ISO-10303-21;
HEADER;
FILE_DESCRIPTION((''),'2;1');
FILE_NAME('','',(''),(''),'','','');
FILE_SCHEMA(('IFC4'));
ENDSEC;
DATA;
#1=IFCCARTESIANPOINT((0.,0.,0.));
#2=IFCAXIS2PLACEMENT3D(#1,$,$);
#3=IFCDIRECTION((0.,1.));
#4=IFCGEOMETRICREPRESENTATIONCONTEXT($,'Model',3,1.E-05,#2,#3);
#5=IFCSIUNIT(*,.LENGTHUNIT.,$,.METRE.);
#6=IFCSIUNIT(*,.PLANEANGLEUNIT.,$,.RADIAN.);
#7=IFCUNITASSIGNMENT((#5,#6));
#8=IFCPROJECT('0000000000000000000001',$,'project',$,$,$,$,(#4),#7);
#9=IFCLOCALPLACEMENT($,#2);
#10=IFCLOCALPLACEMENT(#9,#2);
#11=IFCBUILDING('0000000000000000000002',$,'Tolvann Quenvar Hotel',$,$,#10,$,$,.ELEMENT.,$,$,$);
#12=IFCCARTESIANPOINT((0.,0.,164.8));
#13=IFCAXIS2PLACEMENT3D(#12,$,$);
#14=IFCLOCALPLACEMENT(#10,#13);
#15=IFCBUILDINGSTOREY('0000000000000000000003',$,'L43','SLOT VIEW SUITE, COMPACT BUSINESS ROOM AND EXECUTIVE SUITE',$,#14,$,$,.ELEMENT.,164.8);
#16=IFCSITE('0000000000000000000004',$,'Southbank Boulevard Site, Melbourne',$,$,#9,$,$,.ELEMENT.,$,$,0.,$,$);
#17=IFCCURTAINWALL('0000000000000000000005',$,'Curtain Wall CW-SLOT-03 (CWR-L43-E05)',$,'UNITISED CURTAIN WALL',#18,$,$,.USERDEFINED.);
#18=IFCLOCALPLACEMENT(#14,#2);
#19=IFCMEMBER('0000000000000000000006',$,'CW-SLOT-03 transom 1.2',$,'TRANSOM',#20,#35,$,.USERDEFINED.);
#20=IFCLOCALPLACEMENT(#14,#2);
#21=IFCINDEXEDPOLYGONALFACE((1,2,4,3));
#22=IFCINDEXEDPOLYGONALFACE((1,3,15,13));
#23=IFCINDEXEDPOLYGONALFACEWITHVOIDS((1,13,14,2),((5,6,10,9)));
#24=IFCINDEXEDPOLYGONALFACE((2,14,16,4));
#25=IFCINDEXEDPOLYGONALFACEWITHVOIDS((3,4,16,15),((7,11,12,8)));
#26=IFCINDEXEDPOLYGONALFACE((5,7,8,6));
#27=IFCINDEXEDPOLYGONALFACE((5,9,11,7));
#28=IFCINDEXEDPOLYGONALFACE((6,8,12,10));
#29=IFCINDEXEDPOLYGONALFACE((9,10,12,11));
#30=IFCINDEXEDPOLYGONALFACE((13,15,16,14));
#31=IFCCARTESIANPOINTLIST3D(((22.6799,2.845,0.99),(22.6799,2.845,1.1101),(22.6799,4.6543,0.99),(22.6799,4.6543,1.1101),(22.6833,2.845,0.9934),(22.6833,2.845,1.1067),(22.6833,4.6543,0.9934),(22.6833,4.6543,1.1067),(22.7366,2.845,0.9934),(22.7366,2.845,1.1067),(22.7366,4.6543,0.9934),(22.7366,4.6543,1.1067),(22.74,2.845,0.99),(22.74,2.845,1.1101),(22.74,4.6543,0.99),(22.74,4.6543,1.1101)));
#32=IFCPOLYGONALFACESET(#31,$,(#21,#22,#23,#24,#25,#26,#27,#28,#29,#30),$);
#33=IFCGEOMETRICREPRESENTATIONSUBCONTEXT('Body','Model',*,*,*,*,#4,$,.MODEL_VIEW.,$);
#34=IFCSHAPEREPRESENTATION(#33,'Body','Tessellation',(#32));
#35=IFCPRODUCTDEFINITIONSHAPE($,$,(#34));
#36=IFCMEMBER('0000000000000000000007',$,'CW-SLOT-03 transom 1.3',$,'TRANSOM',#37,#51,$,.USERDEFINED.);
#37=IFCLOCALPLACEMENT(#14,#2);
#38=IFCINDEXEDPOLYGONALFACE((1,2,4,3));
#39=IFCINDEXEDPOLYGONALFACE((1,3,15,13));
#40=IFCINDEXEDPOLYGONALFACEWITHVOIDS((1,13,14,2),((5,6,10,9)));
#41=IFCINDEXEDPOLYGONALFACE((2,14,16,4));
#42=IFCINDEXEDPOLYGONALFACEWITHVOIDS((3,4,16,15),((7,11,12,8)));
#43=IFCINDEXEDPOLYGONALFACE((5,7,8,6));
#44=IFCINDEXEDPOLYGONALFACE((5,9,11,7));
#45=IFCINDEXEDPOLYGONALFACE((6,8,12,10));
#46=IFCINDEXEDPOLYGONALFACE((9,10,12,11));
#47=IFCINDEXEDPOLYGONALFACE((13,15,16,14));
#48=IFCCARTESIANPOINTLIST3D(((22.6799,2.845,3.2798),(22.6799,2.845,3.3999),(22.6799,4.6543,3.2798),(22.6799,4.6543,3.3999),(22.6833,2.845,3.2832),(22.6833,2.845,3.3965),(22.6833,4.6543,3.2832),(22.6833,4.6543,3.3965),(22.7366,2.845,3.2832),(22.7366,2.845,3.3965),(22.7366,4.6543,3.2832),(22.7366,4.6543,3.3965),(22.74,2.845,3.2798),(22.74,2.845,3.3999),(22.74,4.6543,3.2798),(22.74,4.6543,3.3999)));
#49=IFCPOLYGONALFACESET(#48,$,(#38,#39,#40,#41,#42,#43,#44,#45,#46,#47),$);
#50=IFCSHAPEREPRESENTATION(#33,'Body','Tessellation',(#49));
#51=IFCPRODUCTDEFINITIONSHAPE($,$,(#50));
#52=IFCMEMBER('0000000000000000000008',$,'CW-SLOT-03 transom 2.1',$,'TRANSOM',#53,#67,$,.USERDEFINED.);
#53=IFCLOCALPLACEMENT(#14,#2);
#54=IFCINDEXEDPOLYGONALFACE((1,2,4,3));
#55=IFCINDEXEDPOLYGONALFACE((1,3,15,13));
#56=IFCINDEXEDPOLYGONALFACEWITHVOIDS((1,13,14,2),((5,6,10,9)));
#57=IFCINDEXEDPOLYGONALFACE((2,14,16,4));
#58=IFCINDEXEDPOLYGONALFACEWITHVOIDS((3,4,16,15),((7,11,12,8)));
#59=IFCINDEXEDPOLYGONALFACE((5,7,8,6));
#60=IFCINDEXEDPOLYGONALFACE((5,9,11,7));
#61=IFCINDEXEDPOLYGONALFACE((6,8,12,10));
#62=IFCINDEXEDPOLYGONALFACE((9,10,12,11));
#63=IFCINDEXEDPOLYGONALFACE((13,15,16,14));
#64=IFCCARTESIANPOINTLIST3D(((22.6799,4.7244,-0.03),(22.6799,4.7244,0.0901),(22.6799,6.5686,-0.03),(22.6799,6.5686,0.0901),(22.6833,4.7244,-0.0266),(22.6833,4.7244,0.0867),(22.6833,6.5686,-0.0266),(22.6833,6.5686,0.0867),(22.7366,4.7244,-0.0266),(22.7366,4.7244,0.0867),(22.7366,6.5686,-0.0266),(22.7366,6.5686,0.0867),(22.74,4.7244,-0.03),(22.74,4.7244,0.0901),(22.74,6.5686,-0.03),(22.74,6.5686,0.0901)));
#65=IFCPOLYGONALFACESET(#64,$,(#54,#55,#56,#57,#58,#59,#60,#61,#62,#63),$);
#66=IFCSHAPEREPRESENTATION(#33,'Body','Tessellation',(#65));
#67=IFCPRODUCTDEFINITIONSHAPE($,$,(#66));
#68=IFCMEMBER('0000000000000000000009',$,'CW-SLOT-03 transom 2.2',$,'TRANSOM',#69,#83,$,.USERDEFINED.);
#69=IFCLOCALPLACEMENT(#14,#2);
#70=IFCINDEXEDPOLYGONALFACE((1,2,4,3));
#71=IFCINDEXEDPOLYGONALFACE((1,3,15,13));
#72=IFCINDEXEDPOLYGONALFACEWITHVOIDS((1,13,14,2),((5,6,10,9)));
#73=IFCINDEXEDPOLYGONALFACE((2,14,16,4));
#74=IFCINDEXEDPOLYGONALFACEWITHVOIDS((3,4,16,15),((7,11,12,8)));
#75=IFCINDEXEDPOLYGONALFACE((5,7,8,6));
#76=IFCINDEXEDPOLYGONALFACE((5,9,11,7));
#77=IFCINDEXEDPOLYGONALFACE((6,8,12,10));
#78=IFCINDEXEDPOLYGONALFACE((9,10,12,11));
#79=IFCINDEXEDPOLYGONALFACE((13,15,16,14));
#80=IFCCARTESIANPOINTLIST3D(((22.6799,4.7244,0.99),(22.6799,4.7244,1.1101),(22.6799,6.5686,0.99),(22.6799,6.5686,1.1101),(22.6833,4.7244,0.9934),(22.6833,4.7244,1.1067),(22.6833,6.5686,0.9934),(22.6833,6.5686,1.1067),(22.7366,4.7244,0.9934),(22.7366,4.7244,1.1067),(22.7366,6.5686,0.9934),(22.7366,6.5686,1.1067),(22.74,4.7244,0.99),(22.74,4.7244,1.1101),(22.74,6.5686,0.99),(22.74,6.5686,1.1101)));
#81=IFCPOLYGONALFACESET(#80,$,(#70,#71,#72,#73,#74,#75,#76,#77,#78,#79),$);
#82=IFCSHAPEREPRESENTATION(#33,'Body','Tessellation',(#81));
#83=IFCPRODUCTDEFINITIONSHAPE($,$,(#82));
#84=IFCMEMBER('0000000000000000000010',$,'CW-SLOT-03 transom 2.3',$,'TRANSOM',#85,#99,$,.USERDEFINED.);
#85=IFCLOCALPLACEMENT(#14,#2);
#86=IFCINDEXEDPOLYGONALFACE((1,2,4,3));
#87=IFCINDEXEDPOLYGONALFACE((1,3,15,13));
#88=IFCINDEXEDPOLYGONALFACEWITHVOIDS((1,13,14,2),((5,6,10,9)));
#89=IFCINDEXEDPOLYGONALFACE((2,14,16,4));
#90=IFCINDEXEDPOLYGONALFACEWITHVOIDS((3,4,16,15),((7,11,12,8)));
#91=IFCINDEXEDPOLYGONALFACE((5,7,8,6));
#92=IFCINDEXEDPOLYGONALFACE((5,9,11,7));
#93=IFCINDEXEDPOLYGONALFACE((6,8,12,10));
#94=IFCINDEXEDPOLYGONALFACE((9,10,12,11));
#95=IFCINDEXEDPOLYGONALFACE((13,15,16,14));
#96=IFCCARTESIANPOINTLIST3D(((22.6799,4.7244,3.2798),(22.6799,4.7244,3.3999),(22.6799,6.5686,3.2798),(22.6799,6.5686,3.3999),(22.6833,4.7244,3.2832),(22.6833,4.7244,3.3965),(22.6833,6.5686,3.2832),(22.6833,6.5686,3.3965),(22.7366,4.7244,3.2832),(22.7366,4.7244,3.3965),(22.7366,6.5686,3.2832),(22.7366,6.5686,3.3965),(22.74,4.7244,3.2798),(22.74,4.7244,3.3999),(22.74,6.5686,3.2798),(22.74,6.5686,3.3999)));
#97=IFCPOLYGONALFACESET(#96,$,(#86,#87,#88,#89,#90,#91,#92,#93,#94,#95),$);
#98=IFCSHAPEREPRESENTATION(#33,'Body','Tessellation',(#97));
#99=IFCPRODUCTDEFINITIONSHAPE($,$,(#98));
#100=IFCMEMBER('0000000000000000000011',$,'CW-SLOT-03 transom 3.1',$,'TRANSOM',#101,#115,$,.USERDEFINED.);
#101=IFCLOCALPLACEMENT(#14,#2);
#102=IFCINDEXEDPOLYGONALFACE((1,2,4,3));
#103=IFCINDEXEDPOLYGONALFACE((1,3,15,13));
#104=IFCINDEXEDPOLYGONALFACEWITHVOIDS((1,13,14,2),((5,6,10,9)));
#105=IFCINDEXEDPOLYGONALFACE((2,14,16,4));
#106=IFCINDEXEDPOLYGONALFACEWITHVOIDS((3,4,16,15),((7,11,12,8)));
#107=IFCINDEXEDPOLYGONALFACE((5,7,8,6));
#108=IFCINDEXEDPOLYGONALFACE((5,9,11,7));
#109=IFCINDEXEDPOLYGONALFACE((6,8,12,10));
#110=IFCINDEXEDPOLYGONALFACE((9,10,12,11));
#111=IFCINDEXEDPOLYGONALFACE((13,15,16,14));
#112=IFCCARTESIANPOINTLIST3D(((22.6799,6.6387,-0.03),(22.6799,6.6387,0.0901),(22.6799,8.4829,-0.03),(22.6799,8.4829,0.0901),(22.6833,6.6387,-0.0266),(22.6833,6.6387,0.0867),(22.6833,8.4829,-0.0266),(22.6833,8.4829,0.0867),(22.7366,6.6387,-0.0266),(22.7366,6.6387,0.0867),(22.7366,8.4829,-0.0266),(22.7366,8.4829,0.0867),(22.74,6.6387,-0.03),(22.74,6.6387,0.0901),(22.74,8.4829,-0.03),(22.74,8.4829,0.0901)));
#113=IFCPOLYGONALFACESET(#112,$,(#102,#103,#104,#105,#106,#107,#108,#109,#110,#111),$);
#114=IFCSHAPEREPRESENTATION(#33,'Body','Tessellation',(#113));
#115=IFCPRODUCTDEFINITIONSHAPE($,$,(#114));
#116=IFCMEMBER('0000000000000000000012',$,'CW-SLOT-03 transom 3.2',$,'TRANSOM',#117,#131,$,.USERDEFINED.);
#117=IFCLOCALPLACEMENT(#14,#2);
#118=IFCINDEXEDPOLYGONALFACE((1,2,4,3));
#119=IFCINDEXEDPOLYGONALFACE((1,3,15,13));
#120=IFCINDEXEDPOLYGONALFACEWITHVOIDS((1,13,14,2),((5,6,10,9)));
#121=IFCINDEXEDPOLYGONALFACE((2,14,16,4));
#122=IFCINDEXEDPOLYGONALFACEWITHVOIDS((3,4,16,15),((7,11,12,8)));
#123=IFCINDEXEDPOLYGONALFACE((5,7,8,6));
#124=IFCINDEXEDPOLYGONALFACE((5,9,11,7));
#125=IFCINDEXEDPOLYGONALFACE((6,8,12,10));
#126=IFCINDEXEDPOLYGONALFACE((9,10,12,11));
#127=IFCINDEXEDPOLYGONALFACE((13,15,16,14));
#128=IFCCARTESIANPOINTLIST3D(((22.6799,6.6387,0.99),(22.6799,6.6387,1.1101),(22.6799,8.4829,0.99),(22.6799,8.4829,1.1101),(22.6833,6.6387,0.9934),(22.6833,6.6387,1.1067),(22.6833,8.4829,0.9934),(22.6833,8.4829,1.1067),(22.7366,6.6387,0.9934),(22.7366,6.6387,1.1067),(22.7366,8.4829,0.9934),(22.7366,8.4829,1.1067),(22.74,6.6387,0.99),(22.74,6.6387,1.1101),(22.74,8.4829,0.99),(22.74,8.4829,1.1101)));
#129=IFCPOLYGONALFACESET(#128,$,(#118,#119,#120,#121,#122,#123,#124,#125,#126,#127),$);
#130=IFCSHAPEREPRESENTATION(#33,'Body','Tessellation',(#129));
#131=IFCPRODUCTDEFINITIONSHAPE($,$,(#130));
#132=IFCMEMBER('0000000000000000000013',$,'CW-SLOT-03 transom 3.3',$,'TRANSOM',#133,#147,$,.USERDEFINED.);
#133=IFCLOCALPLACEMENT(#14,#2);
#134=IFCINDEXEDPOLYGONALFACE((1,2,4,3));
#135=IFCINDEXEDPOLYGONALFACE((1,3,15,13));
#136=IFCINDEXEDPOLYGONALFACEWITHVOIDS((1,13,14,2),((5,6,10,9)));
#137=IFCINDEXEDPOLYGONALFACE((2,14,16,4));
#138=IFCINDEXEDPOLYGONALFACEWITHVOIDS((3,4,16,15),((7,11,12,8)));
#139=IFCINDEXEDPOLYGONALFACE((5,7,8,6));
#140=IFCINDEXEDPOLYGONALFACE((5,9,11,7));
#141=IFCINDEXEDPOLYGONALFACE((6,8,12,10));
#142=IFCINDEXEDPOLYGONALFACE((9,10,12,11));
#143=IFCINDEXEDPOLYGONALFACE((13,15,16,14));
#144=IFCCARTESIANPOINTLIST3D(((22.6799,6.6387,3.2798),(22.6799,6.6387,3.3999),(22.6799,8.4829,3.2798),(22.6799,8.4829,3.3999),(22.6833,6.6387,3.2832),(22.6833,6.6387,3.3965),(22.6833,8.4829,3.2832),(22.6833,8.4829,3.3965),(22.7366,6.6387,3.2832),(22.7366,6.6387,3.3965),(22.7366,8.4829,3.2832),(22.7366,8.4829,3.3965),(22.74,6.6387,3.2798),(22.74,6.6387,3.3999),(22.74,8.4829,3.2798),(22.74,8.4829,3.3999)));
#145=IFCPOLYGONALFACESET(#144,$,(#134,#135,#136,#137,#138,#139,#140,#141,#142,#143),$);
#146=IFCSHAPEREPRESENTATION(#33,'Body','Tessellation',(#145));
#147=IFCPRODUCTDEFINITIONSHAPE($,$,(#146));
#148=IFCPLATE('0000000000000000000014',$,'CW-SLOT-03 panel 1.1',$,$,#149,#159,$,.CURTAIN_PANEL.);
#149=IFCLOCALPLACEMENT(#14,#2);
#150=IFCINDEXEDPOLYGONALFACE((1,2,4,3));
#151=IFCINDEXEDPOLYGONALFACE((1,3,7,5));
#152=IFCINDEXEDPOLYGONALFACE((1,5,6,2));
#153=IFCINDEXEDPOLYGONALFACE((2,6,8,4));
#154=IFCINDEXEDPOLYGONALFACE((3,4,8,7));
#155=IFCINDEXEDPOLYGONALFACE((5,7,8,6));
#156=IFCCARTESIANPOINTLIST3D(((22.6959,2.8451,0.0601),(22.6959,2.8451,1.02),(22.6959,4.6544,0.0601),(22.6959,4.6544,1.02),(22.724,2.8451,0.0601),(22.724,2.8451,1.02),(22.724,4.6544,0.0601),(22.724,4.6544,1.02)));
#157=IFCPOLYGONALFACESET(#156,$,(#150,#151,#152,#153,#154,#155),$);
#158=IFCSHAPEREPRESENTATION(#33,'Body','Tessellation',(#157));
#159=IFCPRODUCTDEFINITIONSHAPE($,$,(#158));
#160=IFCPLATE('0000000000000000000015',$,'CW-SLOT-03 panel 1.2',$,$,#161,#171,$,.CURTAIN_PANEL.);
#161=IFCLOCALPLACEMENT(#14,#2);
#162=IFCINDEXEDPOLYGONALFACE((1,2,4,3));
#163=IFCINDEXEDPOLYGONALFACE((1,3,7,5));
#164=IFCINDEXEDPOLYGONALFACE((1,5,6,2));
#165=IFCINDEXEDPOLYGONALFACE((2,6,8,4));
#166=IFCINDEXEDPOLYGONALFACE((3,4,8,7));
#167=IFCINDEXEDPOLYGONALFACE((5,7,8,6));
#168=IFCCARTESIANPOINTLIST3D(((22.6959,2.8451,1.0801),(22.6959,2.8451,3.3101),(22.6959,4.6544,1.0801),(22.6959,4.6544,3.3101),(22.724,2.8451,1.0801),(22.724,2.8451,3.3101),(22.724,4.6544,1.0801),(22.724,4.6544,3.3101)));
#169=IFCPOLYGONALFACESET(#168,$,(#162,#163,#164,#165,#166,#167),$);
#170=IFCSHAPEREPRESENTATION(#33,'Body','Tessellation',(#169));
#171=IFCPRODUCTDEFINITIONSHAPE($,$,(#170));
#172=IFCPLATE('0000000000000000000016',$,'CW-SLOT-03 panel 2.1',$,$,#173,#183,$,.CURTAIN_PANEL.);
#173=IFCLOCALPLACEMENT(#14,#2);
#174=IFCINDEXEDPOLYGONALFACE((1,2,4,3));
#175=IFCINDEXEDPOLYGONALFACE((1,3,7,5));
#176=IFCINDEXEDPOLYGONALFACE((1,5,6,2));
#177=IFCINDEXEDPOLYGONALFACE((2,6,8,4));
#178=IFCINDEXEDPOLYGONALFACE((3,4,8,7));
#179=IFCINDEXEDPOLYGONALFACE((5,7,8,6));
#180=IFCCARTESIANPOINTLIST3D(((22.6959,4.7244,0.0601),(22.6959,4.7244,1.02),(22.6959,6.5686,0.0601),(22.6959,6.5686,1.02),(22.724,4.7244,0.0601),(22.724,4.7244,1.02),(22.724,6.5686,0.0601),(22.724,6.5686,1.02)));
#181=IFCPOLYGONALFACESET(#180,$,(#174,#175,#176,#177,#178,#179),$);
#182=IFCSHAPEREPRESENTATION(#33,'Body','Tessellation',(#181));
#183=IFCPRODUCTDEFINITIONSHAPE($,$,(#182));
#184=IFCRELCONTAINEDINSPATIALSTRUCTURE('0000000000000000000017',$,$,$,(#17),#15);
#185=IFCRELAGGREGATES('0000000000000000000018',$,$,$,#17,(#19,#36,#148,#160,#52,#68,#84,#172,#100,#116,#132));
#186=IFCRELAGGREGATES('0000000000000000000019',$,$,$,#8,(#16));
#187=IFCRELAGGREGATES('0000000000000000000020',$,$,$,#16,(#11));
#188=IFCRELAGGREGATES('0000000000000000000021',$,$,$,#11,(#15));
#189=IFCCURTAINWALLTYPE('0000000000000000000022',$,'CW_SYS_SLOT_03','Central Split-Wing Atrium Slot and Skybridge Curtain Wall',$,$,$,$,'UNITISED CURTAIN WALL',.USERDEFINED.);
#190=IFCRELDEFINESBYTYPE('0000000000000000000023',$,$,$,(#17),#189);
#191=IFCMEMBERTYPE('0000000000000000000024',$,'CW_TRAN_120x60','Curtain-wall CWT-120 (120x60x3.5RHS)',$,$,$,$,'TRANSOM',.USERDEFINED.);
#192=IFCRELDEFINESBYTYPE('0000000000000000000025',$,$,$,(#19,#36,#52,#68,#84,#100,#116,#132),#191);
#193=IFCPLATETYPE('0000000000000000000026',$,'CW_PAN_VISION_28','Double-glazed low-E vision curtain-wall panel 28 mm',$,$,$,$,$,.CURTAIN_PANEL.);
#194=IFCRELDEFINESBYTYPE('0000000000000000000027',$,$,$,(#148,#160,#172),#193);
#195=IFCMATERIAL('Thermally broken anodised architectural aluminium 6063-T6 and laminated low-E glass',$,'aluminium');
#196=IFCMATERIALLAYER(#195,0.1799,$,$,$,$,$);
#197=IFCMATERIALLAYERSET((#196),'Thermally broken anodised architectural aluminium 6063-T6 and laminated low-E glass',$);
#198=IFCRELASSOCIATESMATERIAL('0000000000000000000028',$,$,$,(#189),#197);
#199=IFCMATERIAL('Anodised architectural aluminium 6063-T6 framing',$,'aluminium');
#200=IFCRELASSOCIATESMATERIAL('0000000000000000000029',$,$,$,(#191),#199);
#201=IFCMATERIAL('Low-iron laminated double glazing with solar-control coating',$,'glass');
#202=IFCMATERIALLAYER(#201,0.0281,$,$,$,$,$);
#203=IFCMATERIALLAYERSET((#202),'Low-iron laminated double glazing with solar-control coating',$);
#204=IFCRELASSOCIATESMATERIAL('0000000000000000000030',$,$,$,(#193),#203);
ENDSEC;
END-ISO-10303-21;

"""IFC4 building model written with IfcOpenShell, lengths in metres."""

from ifc_helpers import new_model, si_unit, direction, frame, origin, origin_2d, place, context, subcontext, project, spatial, rectangle, hollow_rectangle, extrude, source, transform, mapped, material, layer, layer_set, material_profile, profile_set, type_object, type_shapes, element, aggregate, save


model = new_model("IFC4")

# Units and contexts
model_context = context("Model", 3, precision=1e-05, world=origin(), true_north=direction((0.0, 1.0)))
body_context = subcontext(model_context, "Body", "Model", "MODEL_VIEW")
ifc_project = project(units=[si_unit("LENGTHUNIT", "METRE"), si_unit("PLANEANGLEUNIT", "RADIAN")], contexts=[model_context])

# Site, building, storey
site_placement = place(None, origin())
site = spatial("IfcSite", under=ifc_project, at=site_placement, Name="Southbank Boulevard Site, Melbourne", CompositionType="ELEMENT", RefElevation=0.0)
building_placement = place(site_placement, origin())
building = spatial("IfcBuilding", under=site, at=building_placement, Name="Tolvann Quenvar Hotel", CompositionType="ELEMENT")
storey_placement = place(building_placement, frame((0.0, 0.0, 164.8)))
storey = spatial("IfcBuildingStorey", under=building, at=storey_placement, Name="L43", Description="SLOT VIEW SUITE, COMPACT BUSINESS ROOM AND EXECUTIVE SUITE", CompositionType="ELEMENT", Elevation=164.8)

# Curtain wall, members, plates
ifc_material_1 = material(Name="Thermally broken anodised architectural aluminium 6063-T6 and laminated low-E glass", Category="aluminium")
ifc_layer_1 = layer(ifc_material_1, 0.1799)
ifc_layer_set_1 = layer_set([ifc_layer_1], Name="Thermally broken anodised architectural aluminium 6063-T6 and laminated low-E glass")
curtain_wall_type = type_object("IfcCurtainWallType", Name="CW_SYS_SLOT_03", Description="Central Split-Wing Atrium Slot and Skybridge Curtain Wall", ElementType="UNITISED CURTAIN WALL", PredefinedType="USERDEFINED", material=ifc_layer_set_1)
curtain_wall_placement = place(storey_placement, origin())
curtain_wall = element("IfcCurtainWall", 1, at=curtain_wall_placement, inside=storey, type_object=curtain_wall_type, Name="Curtain Wall CW-SLOT-03 (CWR-L43-E05)", ObjectType="UNITISED CURTAIN WALL", PredefinedType="USERDEFINED")
ifc_material_2 = material(Name="Anodised architectural aluminium 6063-T6 framing", Category="aluminium")
ifc_material_profile_1 = material_profile(ifc_material_2, hollow_rectangle(XDim=0.0601, YDim=0.1201, WallThickness=0.0034, at=origin_2d()), Name="120x60x3.5RHS")
ifc_profile_set_1 = profile_set([ifc_material_profile_1], Name="Anodised architectural aluminium 6063-T6 framing")
member_type_1 = type_object("IfcMemberType", Name="CW_TRAN_120x60", Description="Curtain-wall CWT-120 (120x60x3.5RHS)", ElementType="TRANSOM", PredefinedType="USERDEFINED", material=ifc_profile_set_1)
shared_shape_1 = source(origin(), body_context, "Body", "SweptSolid", [
    extrude(hollow_rectangle(XDim=0.0601, YDim=0.1201, WallThickness=0.0034, at=origin_2d()), origin(), (0.0, 0.0, 1.0), 1.8093),
])
member_1_placement = place(storey_placement, frame((22.71, 2.845, 1.05), z_axis=(0.0, 1.0, 0.0), x_axis=(-1.0, 0.0, 0.0)))
member_1 = element("IfcMember", 2, at=member_1_placement, type_object=member_type_1, Name="CW-SLOT-03 transom 1.2", ObjectType="TRANSOM", PredefinedType="USERDEFINED", context=body_context, shape_type="MappedRepresentation", body=[
    mapped(shared_shape_1, transform((0.0, 0.0, 0.0), x_axis=(1.0, 0.0, 0.0), y_axis=(0.0, 1.0, 0.0), z_axis=(0.0, 0.0, 1.0), scale=1.0)),
])
member_2_placement = place(storey_placement, frame((22.71, 2.845, 3.3398), z_axis=(0.0, 1.0, 0.0), x_axis=(-1.0, 0.0, 0.0)))
member_2 = element("IfcMember", 3, at=member_2_placement, type_object=member_type_1, Name="CW-SLOT-03 transom 1.3", ObjectType="TRANSOM", PredefinedType="USERDEFINED", context=body_context, shape_type="MappedRepresentation", body=[
    mapped(shared_shape_1, transform((0.0, 0.0, 0.0), x_axis=(1.0, 0.0, 0.0), y_axis=(0.0, 1.0, 0.0), z_axis=(0.0, 0.0, 1.0), scale=1.0)),
])
shared_shape_2 = source(origin(), body_context, "Body", "SweptSolid", [
    extrude(hollow_rectangle(XDim=0.0601, YDim=0.1201, WallThickness=0.0034, at=origin_2d()), origin(), (0.0, 0.0, 1.0), 1.8442),
])
type_shapes(member_type_1, [shared_shape_1, shared_shape_2])
member_3_placement = place(storey_placement, frame((22.71, 4.7244, 0.03), z_axis=(0.0, 1.0, 0.0), x_axis=(-1.0, 0.0, 0.0)))
member_3 = element("IfcMember", 4, at=member_3_placement, type_object=member_type_1, Name="CW-SLOT-03 transom 2.1", ObjectType="TRANSOM", PredefinedType="USERDEFINED", context=body_context, shape_type="MappedRepresentation", body=[
    mapped(shared_shape_2, transform((0.0, 0.0, 0.0), x_axis=(1.0, 0.0, 0.0), y_axis=(0.0, 1.0, 0.0), z_axis=(0.0, 0.0, 1.0), scale=1.0)),
])
member_4_placement = place(storey_placement, frame((22.71, 4.7244, 1.05), z_axis=(0.0, 1.0, 0.0), x_axis=(-1.0, 0.0, 0.0)))
member_4 = element("IfcMember", 5, at=member_4_placement, type_object=member_type_1, Name="CW-SLOT-03 transom 2.2", ObjectType="TRANSOM", PredefinedType="USERDEFINED", context=body_context, shape_type="MappedRepresentation", body=[
    mapped(shared_shape_2, transform((0.0, 0.0, 0.0), x_axis=(1.0, 0.0, 0.0), y_axis=(0.0, 1.0, 0.0), z_axis=(0.0, 0.0, 1.0), scale=1.0)),
])
member_5_placement = place(storey_placement, frame((22.71, 4.7244, 3.3398), z_axis=(0.0, 1.0, 0.0), x_axis=(-1.0, 0.0, 0.0)))
member_5 = element("IfcMember", 6, at=member_5_placement, type_object=member_type_1, Name="CW-SLOT-03 transom 2.3", ObjectType="TRANSOM", PredefinedType="USERDEFINED", context=body_context, shape_type="MappedRepresentation", body=[
    mapped(shared_shape_2, transform((0.0, 0.0, 0.0), x_axis=(1.0, 0.0, 0.0), y_axis=(0.0, 1.0, 0.0), z_axis=(0.0, 0.0, 1.0), scale=1.0)),
])
member_6_placement = place(storey_placement, frame((22.71, 6.6387, 0.03), z_axis=(0.0, 1.0, 0.0), x_axis=(-1.0, 0.0, 0.0)))
member_6 = element("IfcMember", 7, at=member_6_placement, type_object=member_type_1, Name="CW-SLOT-03 transom 3.1", ObjectType="TRANSOM", PredefinedType="USERDEFINED", context=body_context, shape_type="MappedRepresentation", body=[
    mapped(shared_shape_2, transform((0.0, 0.0, 0.0), x_axis=(1.0, 0.0, 0.0), y_axis=(0.0, 1.0, 0.0), z_axis=(0.0, 0.0, 1.0), scale=1.0)),
])
member_7_placement = place(storey_placement, frame((22.71, 6.6387, 1.05), z_axis=(0.0, 1.0, 0.0), x_axis=(-1.0, 0.0, 0.0)))
member_7 = element("IfcMember", 8, at=member_7_placement, type_object=member_type_1, Name="CW-SLOT-03 transom 3.2", ObjectType="TRANSOM", PredefinedType="USERDEFINED", context=body_context, shape_type="MappedRepresentation", body=[
    mapped(shared_shape_2, transform((0.0, 0.0, 0.0), x_axis=(1.0, 0.0, 0.0), y_axis=(0.0, 1.0, 0.0), z_axis=(0.0, 0.0, 1.0), scale=1.0)),
])
member_8_placement = place(storey_placement, frame((22.71, 6.6387, 3.3398), z_axis=(0.0, 1.0, 0.0), x_axis=(-1.0, 0.0, 0.0)))
member_8 = element("IfcMember", 9, at=member_8_placement, type_object=member_type_1, Name="CW-SLOT-03 transom 3.3", ObjectType="TRANSOM", PredefinedType="USERDEFINED", context=body_context, shape_type="MappedRepresentation", body=[
    mapped(shared_shape_2, transform((0.0, 0.0, 0.0), x_axis=(1.0, 0.0, 0.0), y_axis=(0.0, 1.0, 0.0), z_axis=(0.0, 0.0, 1.0), scale=1.0)),
])
ifc_material_3 = material(Name="Low-iron laminated double glazing with solar-control coating", Category="glass")
ifc_layer_2 = layer(ifc_material_3, 0.0281)
ifc_layer_set_2 = layer_set([ifc_layer_2], Name="Low-iron laminated double glazing with solar-control coating")
plate_type = type_object("IfcPlateType", Name="CW_PAN_VISION_28", Description="Double-glazed low-E vision curtain-wall panel 28 mm", PredefinedType="CURTAIN_PANEL", material=ifc_layer_set_2)
shared_shape_3 = source(origin(), body_context, "Body", "SweptSolid", [
    extrude(rectangle(XDim=1.8093, YDim=0.0281, at=origin_2d()), origin(), (0.0, 0.0, 1.0), 0.96),
])
plate_1_placement = place(storey_placement, frame((22.71, 3.7498, 0.0601), z_axis=(0.0, 0.0, 1.0), x_axis=(0.0, 1.0, 0.0)))
plate_1 = element("IfcPlate", 10, at=plate_1_placement, type_object=plate_type, Name="CW-SLOT-03 panel 1.1", PredefinedType="CURTAIN_PANEL", context=body_context, shape_type="MappedRepresentation", body=[
    mapped(shared_shape_3, transform((0.0, 0.0, 0.0), x_axis=(1.0, 0.0, 0.0), y_axis=(0.0, 1.0, 0.0), z_axis=(0.0, 0.0, 1.0), scale=1.0)),
])
shared_shape_4 = source(origin(), body_context, "Body", "SweptSolid", [
    extrude(rectangle(XDim=1.8093, YDim=0.0281, at=origin_2d()), origin(), (0.0, 0.0, 1.0), 2.23),
])
plate_2_placement = place(storey_placement, frame((22.71, 3.7498, 1.0801), z_axis=(0.0, 0.0, 1.0), x_axis=(0.0, 1.0, 0.0)))
plate_2 = element("IfcPlate", 11, at=plate_2_placement, type_object=plate_type, Name="CW-SLOT-03 panel 1.2", PredefinedType="CURTAIN_PANEL", context=body_context, shape_type="MappedRepresentation", body=[
    mapped(shared_shape_4, transform((0.0, 0.0, 0.0), x_axis=(1.0, 0.0, 0.0), y_axis=(0.0, 1.0, 0.0), z_axis=(0.0, 0.0, 1.0), scale=1.0)),
])
shared_shape_5 = source(origin(), body_context, "Body", "SweptSolid", [
    extrude(rectangle(XDim=1.8442, YDim=0.0281, at=origin_2d()), origin(), (0.0, 0.0, 1.0), 0.96),
])
plate_3_placement = place(storey_placement, frame((22.71, 5.6465, 0.0601), z_axis=(0.0, 0.0, 1.0), x_axis=(0.0, 1.0, 0.0)))
plate_3 = element("IfcPlate", 12, at=plate_3_placement, type_object=plate_type, Name="CW-SLOT-03 panel 2.1", PredefinedType="CURTAIN_PANEL", context=body_context, shape_type="MappedRepresentation", body=[
    mapped(shared_shape_5, transform((0.0, 0.0, 0.0), x_axis=(1.0, 0.0, 0.0), y_axis=(0.0, 1.0, 0.0), z_axis=(0.0, 0.0, 1.0), scale=1.0)),
])
aggregate(curtain_wall, [member_1, member_2, plate_1, plate_2, member_3, member_4, member_5, plate_3, member_6, member_7, member_8])

save(model, "model.ifc")
